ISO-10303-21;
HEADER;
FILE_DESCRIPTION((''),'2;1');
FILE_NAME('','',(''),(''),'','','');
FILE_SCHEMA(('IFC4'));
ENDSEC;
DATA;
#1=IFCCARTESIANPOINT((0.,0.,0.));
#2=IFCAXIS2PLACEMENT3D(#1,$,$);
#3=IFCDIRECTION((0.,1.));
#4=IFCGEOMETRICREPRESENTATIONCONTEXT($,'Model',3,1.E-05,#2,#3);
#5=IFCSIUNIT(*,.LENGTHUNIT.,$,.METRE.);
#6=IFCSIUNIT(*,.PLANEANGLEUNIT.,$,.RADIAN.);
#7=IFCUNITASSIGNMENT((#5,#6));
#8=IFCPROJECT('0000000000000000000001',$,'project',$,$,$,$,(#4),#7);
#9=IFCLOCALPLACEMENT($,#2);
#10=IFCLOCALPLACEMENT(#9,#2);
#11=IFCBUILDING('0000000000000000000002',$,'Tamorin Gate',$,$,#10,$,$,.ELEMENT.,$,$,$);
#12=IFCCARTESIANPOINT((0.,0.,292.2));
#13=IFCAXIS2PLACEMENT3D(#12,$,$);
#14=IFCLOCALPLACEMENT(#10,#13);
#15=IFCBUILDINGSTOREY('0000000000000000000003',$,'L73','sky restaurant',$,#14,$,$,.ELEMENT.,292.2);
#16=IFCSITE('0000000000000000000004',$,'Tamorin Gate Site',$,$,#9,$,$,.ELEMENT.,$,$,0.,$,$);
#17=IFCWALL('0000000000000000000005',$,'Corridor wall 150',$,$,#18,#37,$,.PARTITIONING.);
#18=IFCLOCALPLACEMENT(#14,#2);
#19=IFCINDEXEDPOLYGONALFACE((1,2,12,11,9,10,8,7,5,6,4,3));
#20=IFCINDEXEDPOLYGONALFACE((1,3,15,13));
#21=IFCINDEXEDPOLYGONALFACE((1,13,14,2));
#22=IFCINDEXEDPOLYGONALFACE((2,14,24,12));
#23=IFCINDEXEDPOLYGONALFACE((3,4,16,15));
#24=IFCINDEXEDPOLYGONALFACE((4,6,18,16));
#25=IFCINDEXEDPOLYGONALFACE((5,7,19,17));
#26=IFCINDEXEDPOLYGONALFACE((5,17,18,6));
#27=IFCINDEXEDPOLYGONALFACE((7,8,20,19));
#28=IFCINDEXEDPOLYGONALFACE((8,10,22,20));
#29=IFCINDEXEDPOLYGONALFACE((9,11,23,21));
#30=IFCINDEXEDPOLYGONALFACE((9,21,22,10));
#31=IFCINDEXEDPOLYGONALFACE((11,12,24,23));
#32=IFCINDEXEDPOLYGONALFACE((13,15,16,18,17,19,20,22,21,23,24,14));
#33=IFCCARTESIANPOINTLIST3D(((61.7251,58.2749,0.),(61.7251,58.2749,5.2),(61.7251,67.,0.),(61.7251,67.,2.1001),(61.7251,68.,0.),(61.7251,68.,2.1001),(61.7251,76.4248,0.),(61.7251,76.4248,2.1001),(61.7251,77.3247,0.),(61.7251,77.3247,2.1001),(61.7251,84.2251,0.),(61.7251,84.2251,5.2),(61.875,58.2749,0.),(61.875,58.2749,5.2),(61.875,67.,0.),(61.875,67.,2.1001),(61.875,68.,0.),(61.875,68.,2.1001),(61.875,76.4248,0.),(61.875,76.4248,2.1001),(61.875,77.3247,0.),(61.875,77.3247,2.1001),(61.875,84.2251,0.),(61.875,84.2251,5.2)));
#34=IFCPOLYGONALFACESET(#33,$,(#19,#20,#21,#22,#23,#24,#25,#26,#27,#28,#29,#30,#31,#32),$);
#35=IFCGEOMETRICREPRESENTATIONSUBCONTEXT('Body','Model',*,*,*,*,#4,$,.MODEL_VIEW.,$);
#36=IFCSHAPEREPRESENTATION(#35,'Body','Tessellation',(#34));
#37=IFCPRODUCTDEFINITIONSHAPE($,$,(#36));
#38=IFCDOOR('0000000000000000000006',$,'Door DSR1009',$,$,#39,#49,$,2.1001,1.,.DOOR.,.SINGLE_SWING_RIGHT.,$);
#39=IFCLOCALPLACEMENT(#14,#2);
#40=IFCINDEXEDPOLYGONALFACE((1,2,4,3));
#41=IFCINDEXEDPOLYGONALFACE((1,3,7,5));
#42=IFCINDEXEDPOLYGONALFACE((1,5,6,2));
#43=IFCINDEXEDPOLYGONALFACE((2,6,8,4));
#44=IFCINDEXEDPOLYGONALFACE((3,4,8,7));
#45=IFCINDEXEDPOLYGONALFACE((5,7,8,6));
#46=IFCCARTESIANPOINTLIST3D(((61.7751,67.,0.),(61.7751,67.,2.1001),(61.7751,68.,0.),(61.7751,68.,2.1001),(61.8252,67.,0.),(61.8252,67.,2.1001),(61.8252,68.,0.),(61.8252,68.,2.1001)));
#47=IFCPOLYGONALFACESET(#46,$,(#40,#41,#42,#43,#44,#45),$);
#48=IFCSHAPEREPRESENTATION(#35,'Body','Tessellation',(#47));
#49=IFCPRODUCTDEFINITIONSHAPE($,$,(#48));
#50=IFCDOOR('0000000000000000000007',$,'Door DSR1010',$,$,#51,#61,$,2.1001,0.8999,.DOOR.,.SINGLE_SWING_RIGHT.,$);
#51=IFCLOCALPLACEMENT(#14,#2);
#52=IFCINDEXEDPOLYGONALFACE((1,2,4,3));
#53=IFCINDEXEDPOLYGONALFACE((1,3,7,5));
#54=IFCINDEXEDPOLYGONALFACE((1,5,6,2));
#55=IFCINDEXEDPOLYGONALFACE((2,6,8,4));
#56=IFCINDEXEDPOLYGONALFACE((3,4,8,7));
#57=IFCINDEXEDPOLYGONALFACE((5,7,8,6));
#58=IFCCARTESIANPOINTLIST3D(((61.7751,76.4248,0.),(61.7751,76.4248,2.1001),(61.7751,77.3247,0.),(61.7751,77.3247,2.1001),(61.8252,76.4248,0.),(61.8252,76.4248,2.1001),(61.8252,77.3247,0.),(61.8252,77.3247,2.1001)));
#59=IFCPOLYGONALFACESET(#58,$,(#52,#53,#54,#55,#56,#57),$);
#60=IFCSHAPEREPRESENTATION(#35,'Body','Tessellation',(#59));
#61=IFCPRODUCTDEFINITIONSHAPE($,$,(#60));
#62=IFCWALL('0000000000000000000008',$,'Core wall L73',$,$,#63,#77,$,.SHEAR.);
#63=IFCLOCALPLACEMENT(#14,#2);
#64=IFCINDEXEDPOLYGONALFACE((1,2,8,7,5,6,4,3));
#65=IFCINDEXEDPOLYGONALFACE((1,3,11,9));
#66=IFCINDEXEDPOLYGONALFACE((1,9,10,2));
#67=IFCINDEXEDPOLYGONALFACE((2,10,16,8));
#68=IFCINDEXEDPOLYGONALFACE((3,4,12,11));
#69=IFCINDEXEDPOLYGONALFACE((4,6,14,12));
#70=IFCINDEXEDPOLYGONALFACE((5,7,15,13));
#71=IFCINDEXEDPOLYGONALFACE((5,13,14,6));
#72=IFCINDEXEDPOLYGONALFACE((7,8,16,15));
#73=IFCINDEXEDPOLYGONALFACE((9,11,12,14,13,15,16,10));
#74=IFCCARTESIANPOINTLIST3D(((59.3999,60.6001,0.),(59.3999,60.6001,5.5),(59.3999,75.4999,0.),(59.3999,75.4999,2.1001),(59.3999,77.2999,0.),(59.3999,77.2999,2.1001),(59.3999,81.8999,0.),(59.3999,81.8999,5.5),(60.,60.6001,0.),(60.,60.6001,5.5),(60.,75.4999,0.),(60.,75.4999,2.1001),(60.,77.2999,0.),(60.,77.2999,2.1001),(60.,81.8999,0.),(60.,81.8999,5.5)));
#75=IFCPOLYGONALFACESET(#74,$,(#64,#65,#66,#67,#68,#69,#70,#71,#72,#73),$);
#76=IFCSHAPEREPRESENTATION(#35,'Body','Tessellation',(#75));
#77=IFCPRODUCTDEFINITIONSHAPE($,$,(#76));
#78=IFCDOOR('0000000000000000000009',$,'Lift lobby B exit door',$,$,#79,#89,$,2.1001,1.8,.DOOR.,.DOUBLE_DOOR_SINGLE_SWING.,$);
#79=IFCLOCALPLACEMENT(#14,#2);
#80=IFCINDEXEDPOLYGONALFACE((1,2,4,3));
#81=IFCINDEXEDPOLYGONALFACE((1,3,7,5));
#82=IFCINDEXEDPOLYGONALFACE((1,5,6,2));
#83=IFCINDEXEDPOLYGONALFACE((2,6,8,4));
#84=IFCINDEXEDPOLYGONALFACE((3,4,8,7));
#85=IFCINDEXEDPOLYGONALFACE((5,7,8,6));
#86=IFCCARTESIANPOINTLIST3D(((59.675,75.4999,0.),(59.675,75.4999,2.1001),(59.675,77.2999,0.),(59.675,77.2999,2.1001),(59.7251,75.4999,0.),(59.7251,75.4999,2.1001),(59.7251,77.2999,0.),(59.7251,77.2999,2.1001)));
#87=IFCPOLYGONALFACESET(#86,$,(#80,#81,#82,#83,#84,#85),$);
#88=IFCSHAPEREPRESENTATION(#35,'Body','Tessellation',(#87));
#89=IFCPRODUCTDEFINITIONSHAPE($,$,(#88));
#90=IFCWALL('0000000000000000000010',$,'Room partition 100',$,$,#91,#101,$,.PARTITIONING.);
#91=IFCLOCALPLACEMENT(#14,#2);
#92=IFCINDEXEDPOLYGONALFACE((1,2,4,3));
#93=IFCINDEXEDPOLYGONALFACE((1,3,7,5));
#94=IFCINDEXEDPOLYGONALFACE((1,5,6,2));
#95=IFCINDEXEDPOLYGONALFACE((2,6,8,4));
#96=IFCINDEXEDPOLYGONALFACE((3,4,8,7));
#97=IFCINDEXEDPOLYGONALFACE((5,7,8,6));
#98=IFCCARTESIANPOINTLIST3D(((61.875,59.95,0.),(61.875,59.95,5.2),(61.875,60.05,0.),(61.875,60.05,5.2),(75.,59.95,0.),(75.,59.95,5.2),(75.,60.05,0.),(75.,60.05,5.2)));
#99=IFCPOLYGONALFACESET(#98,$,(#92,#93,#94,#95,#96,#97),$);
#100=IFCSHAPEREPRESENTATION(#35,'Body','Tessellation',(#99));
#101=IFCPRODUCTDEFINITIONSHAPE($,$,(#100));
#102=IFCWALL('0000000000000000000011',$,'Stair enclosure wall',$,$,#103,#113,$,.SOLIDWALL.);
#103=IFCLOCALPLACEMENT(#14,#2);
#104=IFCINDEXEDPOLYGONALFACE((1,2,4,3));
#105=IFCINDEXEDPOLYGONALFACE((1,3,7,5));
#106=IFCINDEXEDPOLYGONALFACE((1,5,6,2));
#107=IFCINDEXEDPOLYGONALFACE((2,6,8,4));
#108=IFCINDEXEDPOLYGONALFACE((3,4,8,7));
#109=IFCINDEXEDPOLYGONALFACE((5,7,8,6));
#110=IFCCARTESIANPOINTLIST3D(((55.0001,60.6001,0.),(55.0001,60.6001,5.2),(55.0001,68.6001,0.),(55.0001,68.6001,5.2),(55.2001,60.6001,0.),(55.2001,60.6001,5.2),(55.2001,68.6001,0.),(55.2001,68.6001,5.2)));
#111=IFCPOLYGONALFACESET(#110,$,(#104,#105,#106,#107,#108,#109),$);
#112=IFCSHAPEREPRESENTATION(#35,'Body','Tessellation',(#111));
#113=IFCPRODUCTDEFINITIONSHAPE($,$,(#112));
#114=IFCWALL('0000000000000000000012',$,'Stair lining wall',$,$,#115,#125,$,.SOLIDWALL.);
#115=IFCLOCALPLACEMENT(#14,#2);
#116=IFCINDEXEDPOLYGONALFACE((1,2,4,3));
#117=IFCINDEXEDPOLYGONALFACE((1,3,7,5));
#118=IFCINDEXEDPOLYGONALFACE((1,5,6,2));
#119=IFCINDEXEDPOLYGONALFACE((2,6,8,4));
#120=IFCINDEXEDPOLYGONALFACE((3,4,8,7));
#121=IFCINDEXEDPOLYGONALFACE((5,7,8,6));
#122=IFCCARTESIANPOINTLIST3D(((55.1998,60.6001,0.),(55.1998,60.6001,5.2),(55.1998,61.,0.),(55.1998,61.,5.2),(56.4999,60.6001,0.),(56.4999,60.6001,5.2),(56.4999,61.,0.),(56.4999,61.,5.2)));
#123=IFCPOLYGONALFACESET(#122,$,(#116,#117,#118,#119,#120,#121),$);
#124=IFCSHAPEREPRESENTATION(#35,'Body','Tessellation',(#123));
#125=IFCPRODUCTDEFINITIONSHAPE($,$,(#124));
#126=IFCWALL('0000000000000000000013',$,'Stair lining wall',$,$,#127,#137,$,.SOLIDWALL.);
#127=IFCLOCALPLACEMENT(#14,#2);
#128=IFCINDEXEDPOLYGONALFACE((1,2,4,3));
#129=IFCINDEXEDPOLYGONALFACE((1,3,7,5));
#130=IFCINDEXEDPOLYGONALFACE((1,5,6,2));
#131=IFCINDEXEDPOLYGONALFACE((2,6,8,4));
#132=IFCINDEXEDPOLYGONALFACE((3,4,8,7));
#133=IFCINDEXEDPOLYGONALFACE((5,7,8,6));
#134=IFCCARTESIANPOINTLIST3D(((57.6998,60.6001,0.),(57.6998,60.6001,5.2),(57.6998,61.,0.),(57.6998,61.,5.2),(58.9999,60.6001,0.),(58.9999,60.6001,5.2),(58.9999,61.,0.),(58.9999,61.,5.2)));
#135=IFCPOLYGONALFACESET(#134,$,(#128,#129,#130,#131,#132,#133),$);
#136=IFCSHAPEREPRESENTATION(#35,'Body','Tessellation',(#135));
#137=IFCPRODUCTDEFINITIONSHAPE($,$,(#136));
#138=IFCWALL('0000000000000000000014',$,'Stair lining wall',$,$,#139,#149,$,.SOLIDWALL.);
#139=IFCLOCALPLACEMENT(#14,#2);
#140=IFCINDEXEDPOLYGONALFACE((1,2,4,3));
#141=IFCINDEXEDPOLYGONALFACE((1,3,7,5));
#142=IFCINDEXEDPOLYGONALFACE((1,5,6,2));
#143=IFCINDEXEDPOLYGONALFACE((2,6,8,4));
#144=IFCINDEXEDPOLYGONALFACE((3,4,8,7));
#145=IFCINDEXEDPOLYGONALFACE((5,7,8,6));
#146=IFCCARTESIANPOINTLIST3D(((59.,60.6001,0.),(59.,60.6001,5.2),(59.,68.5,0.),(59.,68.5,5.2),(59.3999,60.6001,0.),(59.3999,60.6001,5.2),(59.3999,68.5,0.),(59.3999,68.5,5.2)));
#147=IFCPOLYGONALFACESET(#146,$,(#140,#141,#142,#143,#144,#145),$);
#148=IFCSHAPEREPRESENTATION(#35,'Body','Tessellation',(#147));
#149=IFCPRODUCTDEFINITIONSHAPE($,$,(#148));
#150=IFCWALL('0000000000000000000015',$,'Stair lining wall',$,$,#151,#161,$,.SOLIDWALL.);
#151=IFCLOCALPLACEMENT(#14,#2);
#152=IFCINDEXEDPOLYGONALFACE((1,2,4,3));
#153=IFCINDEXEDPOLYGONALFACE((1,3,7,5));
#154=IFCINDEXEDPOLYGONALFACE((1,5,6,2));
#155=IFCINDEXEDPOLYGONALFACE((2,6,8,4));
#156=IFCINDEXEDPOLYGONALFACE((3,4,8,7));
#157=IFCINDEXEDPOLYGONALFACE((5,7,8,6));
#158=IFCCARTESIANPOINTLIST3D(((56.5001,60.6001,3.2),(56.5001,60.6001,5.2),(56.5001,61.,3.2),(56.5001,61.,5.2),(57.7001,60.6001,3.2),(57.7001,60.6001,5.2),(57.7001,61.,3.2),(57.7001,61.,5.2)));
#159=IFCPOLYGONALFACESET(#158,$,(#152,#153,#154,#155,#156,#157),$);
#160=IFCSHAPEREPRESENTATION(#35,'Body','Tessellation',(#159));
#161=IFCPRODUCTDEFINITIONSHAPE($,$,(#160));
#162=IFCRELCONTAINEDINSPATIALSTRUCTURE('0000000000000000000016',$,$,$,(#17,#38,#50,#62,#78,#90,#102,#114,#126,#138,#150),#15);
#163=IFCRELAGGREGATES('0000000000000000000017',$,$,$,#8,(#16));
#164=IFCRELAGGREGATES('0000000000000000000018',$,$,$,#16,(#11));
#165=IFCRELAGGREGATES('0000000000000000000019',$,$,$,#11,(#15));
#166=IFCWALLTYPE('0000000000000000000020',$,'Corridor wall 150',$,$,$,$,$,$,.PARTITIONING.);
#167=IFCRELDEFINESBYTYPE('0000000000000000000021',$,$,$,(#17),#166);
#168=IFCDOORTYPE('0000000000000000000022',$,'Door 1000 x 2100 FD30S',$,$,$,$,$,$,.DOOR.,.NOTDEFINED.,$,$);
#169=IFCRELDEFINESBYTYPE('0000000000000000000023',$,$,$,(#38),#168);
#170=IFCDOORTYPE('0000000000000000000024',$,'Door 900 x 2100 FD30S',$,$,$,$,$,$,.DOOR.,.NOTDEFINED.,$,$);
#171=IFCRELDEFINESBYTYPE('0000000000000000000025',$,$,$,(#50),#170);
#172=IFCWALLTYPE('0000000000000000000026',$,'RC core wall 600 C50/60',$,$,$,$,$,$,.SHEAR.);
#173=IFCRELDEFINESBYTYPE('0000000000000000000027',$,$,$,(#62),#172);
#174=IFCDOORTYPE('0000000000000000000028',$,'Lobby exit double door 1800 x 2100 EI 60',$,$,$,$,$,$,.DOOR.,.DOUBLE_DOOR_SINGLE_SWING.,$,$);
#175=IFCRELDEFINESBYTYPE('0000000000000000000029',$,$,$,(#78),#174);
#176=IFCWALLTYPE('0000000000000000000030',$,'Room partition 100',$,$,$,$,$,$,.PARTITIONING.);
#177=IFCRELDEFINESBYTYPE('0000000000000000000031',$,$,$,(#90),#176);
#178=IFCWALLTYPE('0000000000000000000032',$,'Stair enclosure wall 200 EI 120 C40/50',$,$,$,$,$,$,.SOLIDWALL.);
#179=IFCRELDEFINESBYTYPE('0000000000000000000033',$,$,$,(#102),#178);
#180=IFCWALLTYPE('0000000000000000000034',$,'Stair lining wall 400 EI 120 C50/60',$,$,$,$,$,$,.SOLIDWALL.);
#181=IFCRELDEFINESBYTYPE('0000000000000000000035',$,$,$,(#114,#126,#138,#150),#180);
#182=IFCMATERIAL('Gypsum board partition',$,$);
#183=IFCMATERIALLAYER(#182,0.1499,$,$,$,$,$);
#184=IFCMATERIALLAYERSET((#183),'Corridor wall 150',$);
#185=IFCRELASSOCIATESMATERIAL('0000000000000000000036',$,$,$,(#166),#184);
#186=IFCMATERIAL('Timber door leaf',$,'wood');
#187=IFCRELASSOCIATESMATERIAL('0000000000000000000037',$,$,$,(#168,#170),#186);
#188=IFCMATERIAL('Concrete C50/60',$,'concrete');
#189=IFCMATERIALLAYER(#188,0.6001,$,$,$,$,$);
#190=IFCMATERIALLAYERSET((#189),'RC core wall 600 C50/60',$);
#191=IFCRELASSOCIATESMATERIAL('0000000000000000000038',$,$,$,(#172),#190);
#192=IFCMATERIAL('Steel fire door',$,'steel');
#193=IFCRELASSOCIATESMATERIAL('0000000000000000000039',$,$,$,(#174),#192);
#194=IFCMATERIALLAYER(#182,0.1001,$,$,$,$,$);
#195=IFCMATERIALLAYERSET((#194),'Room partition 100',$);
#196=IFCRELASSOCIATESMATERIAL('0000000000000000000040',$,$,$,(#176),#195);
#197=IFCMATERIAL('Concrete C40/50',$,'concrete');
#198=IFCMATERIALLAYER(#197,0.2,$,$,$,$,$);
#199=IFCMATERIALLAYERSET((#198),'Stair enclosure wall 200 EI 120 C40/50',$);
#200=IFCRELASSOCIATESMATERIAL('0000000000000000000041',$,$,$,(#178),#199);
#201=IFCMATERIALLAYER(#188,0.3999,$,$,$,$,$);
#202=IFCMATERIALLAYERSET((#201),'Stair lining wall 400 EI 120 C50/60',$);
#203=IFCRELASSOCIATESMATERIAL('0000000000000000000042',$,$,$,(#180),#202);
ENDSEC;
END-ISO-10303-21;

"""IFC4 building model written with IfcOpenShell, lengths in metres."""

from ifc_helpers import new_model, si_unit, direction, frame, frame_2d, origin, place, context, subcontext, project, spatial, rectangle, extrude, material, layer, layer_set, type_object, element, fill, save


model = new_model("IFC4")

# Units and contexts
model_context = context("Model", 3, precision=1e-05, world=origin(), true_north=direction((0.0, 1.0)))
body_context = subcontext(model_context, "Body", "Model", "MODEL_VIEW")
ifc_project = project(units=[si_unit("LENGTHUNIT", "METRE"), si_unit("PLANEANGLEUNIT", "RADIAN")], contexts=[model_context])

# Site, building, storey
site_placement = place(None, origin())
site = spatial("IfcSite", under=ifc_project, at=site_placement, Name="Tamorin Gate Site", CompositionType="ELEMENT", RefElevation=0.0)
building_placement = place(site_placement, origin())
building = spatial("IfcBuilding", under=site, at=building_placement, Name="Tamorin Gate", CompositionType="ELEMENT")
storey_placement = place(building_placement, frame((0.0, 0.0, 292.2)))
storey = spatial("IfcBuildingStorey", under=building, at=storey_placement, Name="L73", Description="sky restaurant", CompositionType="ELEMENT", Elevation=292.2)

# Shared definitions
ifc_material_1 = material(Name="Concrete C50/60", Category="concrete")

# Wall, openings, doors
ifc_material_2 = material(Name="Gypsum board partition")
ifc_layer_1 = layer(ifc_material_2, 0.1499)
ifc_layer_set_1 = layer_set([ifc_layer_1], Name="Corridor wall 150")
wall_type_1 = type_object("IfcWallType", Name="Corridor wall 150", PredefinedType="PARTITIONING", material=ifc_layer_set_1)
wall_1_placement = place(storey_placement, frame((61.8, 58.2749, 0.0), z_axis=(0.0, 0.0, 1.0), x_axis=(0.0, 1.0, 0.0)))
wall_1 = element("IfcWall", 1, at=wall_1_placement, inside=storey, type_object=wall_type_1, Name="Corridor wall 150", PredefinedType="PARTITIONING", context=body_context, shape_type="SweptSolid", body=[
    extrude(rectangle(XDim=25.9502, YDim=0.1499, at=frame_2d((12.9751, 0.0))), origin(), (0.0, 0.0, 1.0), 5.2),
])
opening_1_placement = place(wall_1_placement, frame((8.7251, 0.0, 0.0)))
opening_1 = element("IfcOpeningElement", 2, at=opening_1_placement, cuts=wall_1, PredefinedType="OPENING", context=body_context, shape_type="SweptSolid", body=[
    extrude(rectangle(XDim=1.0, YDim=2.1001, at=frame_2d((0.5, 1.05))), frame((0.0, 0.085, 0.0), z_axis=(0.0, -1.0, 0.0), x_axis=(1.0, 0.0, 0.0)), (0.0, 0.0, 1.0), 0.1699),
])
opening_2_placement = place(wall_1_placement, frame((18.1499, 0.0, 0.0)))
opening_2 = element("IfcOpeningElement", 3, at=opening_2_placement, cuts=wall_1, PredefinedType="OPENING", context=body_context, shape_type="SweptSolid", body=[
    extrude(rectangle(XDim=0.8999, YDim=2.1001, at=frame_2d((0.45, 1.05))), frame((0.0, 0.085, 0.0), z_axis=(0.0, -1.0, 0.0), x_axis=(1.0, 0.0, 0.0)), (0.0, 0.0, 1.0), 0.1699),
])
ifc_material_3 = material(Name="Timber door leaf", Category="wood")
door_type_1 = type_object("IfcDoorType", Name="Door 1000 x 2100 FD30S", OperationType="NOTDEFINED", PredefinedType="DOOR", material=ifc_material_3)
door_1_placement = place(opening_1_placement, origin())
door_1 = element("IfcDoor", 4, at=door_1_placement, inside=storey, type_object=door_type_1, Name="Door DSR1009", OperationType="SINGLE_SWING_RIGHT", OverallHeight=2.1001, OverallWidth=1.0, PredefinedType="DOOR", context=body_context, shape_type="SweptSolid", body=[
    extrude(rectangle(XDim=1.0, YDim=2.1001, at=frame_2d((0.5, 1.05))), frame((0.0, 0.0249, 0.0), z_axis=(0.0, -1.0, 0.0), x_axis=(1.0, 0.0, 0.0)), (0.0, 0.0, 1.0), 0.05),
])
fill(opening_1, door_1)
door_type_2 = type_object("IfcDoorType", Name="Door 900 x 2100 FD30S", OperationType="NOTDEFINED", PredefinedType="DOOR", material=ifc_material_3)
door_2_placement = place(opening_2_placement, origin())
door_2 = element("IfcDoor", 5, at=door_2_placement, inside=storey, type_object=door_type_2, Name="Door DSR1010", OperationType="SINGLE_SWING_RIGHT", OverallHeight=2.1001, OverallWidth=0.8999, PredefinedType="DOOR", context=body_context, shape_type="SweptSolid", body=[
    extrude(rectangle(XDim=0.8999, YDim=2.1001, at=frame_2d((0.45, 1.05))), frame((0.0, 0.0249, 0.0), z_axis=(0.0, -1.0, 0.0), x_axis=(1.0, 0.0, 0.0)), (0.0, 0.0, 1.0), 0.05),
])
fill(opening_2, door_2)

# Wall, opening, door
ifc_layer_2 = layer(ifc_material_1, 0.6001)
ifc_layer_set_2 = layer_set([ifc_layer_2], Name="RC core wall 600 C50/60")
wall_type_2 = type_object("IfcWallType", Name="RC core wall 600 C50/60", PredefinedType="SHEAR", material=ifc_layer_set_2)
wall_2_placement = place(storey_placement, frame((59.7, 60.6001, 0.0), z_axis=(0.0, 0.0, 1.0), x_axis=(0.0, 1.0, 0.0)))
wall_2 = element("IfcWall", 6, at=wall_2_placement, inside=storey, type_object=wall_type_2, Name="Core wall L73", PredefinedType="SHEAR", context=body_context, shape_type="SweptSolid", body=[
    extrude(rectangle(XDim=21.2998, YDim=0.6001, at=frame_2d((10.6499, 0.0))), origin(), (0.0, 0.0, 1.0), 5.5),
])
opening_3_placement = place(wall_2_placement, frame((14.8999, 0.0, 0.0)))
opening_3 = element("IfcOpeningElement", 7, at=opening_3_placement, cuts=wall_2, PredefinedType="OPENING", context=body_context, shape_type="SweptSolid", body=[
    extrude(rectangle(XDim=1.8, YDim=2.1001, at=frame_2d((0.8999, 1.05))), frame((0.0, 0.3101, 0.0), z_axis=(0.0, -1.0, 0.0), x_axis=(1.0, 0.0, 0.0)), (0.0, 0.0, 1.0), 0.6201),
])
ifc_material_4 = material(Name="Steel fire door", Category="steel")
door_type_3 = type_object("IfcDoorType", Name="Lobby exit double door 1800 x 2100 EI 60", OperationType="DOUBLE_DOOR_SINGLE_SWING", PredefinedType="DOOR", material=ifc_material_4)
door_3_placement = place(opening_3_placement, origin())
door_3 = element("IfcDoor", 8, at=door_3_placement, inside=storey, type_object=door_type_3, Name="Lift lobby B exit door", OperationType="DOUBLE_DOOR_SINGLE_SWING", OverallHeight=2.1001, OverallWidth=1.8, PredefinedType="DOOR", context=body_context, shape_type="SweptSolid", body=[
    extrude(rectangle(XDim=1.8, YDim=2.1001, at=frame_2d((0.8999, 1.05))), frame((0.0, 0.0249, 0.0), z_axis=(0.0, -1.0, 0.0), x_axis=(1.0, 0.0, 0.0)), (0.0, 0.0, 1.0), 0.05),
])
fill(opening_3, door_3)

# Walls
ifc_layer_3 = layer(ifc_material_2, 0.1001)
ifc_layer_set_3 = layer_set([ifc_layer_3], Name="Room partition 100")
wall_type_3 = type_object("IfcWallType", Name="Room partition 100", PredefinedType="PARTITIONING", material=ifc_layer_set_3)
wall_3_placement = place(storey_placement, frame((61.875, 60.0, 0.0), z_axis=(0.0, 0.0, 1.0), x_axis=(1.0, 0.0, 0.0)))
element("IfcWall", 9, at=wall_3_placement, inside=storey, type_object=wall_type_3, Name="Room partition 100", PredefinedType="PARTITIONING", context=body_context, shape_type="SweptSolid", body=[
    extrude(rectangle(XDim=13.125, YDim=0.1001, at=frame_2d((6.5625, 0.0))), origin(), (0.0, 0.0, 1.0), 5.2),
])
ifc_material_5 = material(Name="Concrete C40/50", Category="concrete")
ifc_layer_4 = layer(ifc_material_5, 0.2)
ifc_layer_set_4 = layer_set([ifc_layer_4], Name="Stair enclosure wall 200 EI 120 C40/50")
wall_type_4 = type_object("IfcWallType", Name="Stair enclosure wall 200 EI 120 C40/50", PredefinedType="SOLIDWALL", material=ifc_layer_set_4)
wall_4_placement = place(storey_placement, frame((55.1001, 60.6001, 0.0), z_axis=(0.0, 0.0, 1.0), x_axis=(0.0, 1.0, 0.0)))
element("IfcWall", 10, at=wall_4_placement, inside=storey, type_object=wall_type_4, Name="Stair enclosure wall", PredefinedType="SOLIDWALL", context=body_context, shape_type="SweptSolid", body=[
    extrude(rectangle(XDim=8.0, YDim=0.2, at=frame_2d((4.0, 0.0))), origin(), (0.0, 0.0, 1.0), 5.2),
])
ifc_layer_5 = layer(ifc_material_1, 0.3999)
ifc_layer_set_5 = layer_set([ifc_layer_5], Name="Stair lining wall 400 EI 120 C50/60")
wall_type_5 = type_object("IfcWallType", Name="Stair lining wall 400 EI 120 C50/60", PredefinedType="SOLIDWALL", material=ifc_layer_set_5)
for number, where, z_axis, x_axis, name in (
    (11, (55.2, 60.8, 0.0), (0.0, 0.0, 1.0), (1.0, 0.0, 0.0), "Stair lining wall"),
    (12, (57.7, 60.8, 0.0), (0.0, 0.0, 1.0), (1.0, 0.0, 0.0), "Stair lining wall"),
):
    element("IfcWall", number, at=place(storey_placement, frame(where, z_axis=z_axis, x_axis=x_axis)), inside=storey, type_object=wall_type_5, Name=name, PredefinedType="SOLIDWALL", context=body_context, shape_type="SweptSolid", body=[
        extrude(rectangle(XDim=1.3, YDim=0.3999, at=frame_2d((0.6499, 0.0))), origin(), (0.0, 0.0, 1.0), 5.2),
    ])
wall_5_placement = place(storey_placement, frame((59.2, 60.6001, 0.0), z_axis=(0.0, 0.0, 1.0), x_axis=(0.0, 1.0, 0.0)))
element("IfcWall", 13, at=wall_5_placement, inside=storey, type_object=wall_type_5, Name="Stair lining wall", PredefinedType="SOLIDWALL", context=body_context, shape_type="SweptSolid", body=[
    extrude(rectangle(XDim=7.8999, YDim=0.3999, at=frame_2d((3.95, 0.0))), origin(), (0.0, 0.0, 1.0), 5.2),
])
wall_6_placement = place(storey_placement, frame((56.5, 60.8, 3.2), z_axis=(0.0, 0.0, 1.0), x_axis=(1.0, 0.0, 0.0)))
element("IfcWall", 14, at=wall_6_placement, inside=storey, type_object=wall_type_5, Name="Stair lining wall", PredefinedType="SOLIDWALL", context=body_context, shape_type="SweptSolid", body=[
    extrude(rectangle(XDim=1.2, YDim=0.3999, at=frame_2d((0.6001, 0.0))), origin(), (0.0, 0.0, 1.0), 2.0),
])

save(model, "model.ifc")
